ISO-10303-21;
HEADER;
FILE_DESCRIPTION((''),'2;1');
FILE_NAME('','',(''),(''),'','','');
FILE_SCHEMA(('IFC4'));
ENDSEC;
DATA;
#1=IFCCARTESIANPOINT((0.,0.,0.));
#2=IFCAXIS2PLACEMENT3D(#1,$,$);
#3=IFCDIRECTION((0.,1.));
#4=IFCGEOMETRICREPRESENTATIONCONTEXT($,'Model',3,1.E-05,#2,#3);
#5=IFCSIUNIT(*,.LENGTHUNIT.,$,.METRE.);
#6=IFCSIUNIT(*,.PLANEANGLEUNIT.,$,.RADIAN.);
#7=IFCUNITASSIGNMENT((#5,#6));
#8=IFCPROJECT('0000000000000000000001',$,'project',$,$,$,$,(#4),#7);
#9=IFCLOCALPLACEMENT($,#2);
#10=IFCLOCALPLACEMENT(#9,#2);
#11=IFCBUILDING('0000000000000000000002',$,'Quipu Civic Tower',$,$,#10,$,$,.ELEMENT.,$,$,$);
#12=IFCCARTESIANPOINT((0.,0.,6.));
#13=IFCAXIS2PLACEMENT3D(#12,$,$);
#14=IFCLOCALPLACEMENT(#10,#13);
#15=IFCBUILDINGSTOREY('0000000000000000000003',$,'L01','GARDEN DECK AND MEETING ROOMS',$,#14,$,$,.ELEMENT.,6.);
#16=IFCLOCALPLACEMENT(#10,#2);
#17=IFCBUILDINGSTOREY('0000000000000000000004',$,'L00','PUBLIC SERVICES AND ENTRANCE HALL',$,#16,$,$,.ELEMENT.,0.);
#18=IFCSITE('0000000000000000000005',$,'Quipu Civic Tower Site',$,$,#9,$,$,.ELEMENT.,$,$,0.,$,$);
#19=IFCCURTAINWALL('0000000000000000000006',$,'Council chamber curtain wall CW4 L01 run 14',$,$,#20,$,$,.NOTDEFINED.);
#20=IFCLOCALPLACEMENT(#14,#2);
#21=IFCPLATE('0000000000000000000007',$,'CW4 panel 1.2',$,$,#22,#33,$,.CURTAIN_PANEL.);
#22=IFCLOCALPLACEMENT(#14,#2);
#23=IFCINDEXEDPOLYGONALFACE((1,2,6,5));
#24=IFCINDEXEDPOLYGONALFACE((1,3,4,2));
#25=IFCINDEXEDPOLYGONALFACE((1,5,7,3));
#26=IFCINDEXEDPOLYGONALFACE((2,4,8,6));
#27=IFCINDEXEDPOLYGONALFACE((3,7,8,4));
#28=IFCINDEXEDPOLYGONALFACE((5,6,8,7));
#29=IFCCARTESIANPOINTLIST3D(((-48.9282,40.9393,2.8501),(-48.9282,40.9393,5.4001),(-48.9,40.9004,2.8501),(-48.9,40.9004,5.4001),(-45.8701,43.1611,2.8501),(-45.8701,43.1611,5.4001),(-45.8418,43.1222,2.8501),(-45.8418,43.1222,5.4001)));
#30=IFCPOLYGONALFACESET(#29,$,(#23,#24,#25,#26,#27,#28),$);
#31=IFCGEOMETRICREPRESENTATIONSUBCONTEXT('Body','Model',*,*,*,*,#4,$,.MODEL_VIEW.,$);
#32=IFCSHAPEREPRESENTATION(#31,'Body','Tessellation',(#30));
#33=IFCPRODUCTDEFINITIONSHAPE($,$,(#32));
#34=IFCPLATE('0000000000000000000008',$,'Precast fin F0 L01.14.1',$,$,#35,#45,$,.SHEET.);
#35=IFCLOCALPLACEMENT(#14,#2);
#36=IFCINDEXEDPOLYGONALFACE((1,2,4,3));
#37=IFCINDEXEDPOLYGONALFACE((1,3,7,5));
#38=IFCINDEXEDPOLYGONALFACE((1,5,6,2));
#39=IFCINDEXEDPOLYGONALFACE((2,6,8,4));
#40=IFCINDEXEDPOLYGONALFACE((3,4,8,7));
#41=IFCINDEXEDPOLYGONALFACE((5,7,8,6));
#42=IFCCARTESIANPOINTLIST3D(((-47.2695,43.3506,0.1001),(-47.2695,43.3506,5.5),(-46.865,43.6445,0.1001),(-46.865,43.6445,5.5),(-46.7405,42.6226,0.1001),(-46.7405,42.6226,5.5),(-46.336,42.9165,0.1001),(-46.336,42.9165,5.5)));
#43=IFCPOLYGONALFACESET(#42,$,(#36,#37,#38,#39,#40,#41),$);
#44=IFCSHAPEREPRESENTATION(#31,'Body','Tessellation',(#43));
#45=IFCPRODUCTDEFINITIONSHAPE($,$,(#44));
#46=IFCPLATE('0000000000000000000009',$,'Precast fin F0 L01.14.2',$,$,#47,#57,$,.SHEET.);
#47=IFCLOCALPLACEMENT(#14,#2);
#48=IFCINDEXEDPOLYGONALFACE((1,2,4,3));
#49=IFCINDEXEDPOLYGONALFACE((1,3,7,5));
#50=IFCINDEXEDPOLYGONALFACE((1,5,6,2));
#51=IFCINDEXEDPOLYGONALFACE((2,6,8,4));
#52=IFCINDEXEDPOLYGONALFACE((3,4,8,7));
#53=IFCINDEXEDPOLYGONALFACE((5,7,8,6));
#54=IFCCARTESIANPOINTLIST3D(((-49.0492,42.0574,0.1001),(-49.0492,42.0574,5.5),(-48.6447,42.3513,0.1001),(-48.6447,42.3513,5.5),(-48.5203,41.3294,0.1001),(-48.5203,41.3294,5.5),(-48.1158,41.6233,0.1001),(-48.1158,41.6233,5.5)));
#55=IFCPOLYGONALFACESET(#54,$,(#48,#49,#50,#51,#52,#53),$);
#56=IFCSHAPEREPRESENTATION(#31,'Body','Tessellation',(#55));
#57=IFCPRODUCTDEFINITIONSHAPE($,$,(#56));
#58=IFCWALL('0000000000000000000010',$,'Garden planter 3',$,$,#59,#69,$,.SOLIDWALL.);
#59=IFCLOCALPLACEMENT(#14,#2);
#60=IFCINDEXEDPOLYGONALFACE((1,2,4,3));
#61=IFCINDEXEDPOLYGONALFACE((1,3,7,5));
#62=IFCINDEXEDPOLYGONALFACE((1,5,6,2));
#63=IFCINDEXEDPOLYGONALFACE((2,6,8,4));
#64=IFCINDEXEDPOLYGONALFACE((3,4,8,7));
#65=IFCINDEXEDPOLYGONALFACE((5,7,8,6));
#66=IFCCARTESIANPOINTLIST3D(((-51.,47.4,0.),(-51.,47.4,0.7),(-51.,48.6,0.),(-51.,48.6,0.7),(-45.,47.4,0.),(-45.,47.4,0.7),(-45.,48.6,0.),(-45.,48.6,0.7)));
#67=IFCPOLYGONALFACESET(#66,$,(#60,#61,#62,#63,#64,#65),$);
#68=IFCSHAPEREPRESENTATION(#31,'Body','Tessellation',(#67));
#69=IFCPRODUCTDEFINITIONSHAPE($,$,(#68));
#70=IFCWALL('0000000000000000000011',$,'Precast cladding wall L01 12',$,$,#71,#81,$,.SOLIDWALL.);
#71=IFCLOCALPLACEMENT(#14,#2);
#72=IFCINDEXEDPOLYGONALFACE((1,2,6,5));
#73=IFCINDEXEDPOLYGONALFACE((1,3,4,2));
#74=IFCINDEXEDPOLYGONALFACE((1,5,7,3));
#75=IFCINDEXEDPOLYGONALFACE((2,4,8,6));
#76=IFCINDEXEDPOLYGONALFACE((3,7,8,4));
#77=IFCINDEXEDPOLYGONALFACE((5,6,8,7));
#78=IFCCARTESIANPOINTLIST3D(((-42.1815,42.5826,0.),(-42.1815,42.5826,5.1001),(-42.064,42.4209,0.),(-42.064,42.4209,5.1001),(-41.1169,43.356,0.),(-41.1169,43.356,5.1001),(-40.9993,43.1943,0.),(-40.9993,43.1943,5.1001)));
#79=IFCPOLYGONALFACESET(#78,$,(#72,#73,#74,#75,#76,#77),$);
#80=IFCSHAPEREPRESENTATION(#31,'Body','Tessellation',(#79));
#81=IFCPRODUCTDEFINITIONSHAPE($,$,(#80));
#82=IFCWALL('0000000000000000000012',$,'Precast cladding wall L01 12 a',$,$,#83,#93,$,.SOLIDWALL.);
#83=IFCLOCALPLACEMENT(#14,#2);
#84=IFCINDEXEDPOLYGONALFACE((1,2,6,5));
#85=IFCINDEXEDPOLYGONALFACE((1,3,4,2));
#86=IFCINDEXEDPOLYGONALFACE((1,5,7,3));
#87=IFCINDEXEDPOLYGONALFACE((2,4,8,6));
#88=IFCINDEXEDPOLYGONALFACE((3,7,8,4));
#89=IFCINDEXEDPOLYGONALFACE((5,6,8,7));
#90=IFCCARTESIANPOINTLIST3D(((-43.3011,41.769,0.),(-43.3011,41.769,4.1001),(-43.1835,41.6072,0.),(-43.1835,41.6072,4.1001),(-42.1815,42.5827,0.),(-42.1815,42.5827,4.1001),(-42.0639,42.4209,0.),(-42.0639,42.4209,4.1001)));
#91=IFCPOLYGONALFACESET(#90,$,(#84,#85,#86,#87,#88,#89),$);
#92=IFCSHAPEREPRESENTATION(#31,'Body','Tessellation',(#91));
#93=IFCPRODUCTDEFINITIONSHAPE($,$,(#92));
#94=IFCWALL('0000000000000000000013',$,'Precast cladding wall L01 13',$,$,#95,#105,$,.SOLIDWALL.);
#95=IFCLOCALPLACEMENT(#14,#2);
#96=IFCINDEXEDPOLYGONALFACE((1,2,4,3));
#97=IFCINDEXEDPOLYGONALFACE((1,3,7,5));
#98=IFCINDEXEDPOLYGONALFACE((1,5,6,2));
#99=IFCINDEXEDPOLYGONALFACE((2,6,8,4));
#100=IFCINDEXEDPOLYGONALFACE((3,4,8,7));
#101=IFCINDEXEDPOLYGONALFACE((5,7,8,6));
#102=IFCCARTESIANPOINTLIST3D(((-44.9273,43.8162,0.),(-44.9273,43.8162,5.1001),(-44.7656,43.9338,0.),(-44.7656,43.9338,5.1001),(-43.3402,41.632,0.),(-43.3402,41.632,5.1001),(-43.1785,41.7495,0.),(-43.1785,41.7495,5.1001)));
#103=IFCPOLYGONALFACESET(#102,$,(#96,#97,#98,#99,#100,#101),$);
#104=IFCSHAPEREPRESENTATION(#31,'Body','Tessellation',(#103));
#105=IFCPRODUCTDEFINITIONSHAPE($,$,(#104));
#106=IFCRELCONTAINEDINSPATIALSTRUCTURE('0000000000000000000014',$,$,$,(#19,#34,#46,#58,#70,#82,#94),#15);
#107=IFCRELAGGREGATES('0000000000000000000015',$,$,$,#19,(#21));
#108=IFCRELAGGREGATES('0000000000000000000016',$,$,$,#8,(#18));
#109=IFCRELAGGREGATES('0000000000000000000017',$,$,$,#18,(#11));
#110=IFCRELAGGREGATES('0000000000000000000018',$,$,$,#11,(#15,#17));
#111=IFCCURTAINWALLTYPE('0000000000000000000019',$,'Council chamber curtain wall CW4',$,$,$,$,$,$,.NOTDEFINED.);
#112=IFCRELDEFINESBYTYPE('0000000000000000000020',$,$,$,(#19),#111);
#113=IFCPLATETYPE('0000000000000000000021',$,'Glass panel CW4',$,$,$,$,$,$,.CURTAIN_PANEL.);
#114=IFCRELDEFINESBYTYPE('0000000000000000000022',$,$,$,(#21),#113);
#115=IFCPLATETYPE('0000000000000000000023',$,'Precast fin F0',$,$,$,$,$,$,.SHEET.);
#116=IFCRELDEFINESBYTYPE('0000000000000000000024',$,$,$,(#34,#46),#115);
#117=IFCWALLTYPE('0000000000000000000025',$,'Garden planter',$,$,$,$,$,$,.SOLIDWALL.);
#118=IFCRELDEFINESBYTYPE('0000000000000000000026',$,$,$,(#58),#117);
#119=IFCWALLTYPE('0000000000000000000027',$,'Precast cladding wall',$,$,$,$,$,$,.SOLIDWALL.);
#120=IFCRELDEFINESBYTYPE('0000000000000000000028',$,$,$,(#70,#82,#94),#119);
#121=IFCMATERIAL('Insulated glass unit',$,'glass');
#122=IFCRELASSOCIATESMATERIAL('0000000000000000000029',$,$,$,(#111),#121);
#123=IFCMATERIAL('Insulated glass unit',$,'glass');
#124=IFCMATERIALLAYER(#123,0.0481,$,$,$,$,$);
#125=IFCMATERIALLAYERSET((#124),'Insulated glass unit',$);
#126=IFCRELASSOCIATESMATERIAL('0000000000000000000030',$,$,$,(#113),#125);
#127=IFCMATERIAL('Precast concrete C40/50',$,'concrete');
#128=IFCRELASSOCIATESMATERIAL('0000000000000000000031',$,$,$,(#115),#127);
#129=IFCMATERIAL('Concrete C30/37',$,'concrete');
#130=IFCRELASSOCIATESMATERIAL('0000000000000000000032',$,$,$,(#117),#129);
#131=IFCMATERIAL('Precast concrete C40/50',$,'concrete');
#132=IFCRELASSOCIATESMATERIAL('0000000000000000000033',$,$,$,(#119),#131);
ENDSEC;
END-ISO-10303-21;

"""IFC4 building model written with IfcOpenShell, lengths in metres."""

from ifc_helpers import new_model, si_unit, direction, frame, frame_2d, origin, origin_2d, place, context, subcontext, project, spatial, rectangle, extrude, material, layer, layer_set, type_object, element, aggregate, save


model = new_model("IFC4")

# Units and contexts
model_context = context("Model", 3, precision=1e-05, world=origin(), true_north=direction((0.0, 1.0)))
body_context = subcontext(model_context, "Body", "Model", "MODEL_VIEW")
ifc_project = project(units=[si_unit("LENGTHUNIT", "METRE"), si_unit("PLANEANGLEUNIT", "RADIAN")], contexts=[model_context])

# Site, building, storey
site_placement = place(None, origin())
site = spatial("IfcSite", under=ifc_project, at=site_placement, Name="Quipu Civic Tower Site", CompositionType="ELEMENT", RefElevation=0.0)
building_placement = place(site_placement, origin())
building = spatial("IfcBuilding", under=site, at=building_placement, Name="Quipu Civic Tower", CompositionType="ELEMENT")
storey_1_placement = place(building_placement, frame((0.0, 0.0, 6.0)))
storey_1 = spatial("IfcBuildingStorey", under=building, at=storey_1_placement, Name="L01", Description="GARDEN DECK AND MEETING ROOMS", CompositionType="ELEMENT", Elevation=6.0)

# Curtain wall
ifc_material_1 = material(Name="Insulated glass unit", Category="glass")
curtain_wall_type_1 = type_object("IfcCurtainWallType", Name="Council chamber curtain wall CW4", PredefinedType="NOTDEFINED", material=ifc_material_1)
curtain_wall_1_placement = place(storey_1_placement, origin())
curtain_wall_1 = element("IfcCurtainWall", 1, at=curtain_wall_1_placement, inside=storey_1, type_object=curtain_wall_type_1, Name="Council chamber curtain wall CW4 L01 run 14", PredefinedType="NOTDEFINED")

# Shared definitions
storey_2_placement = place(building_placement, origin())
storey_2 = spatial("IfcBuildingStorey", under=building, at=storey_2_placement, Name="L00", Description="PUBLIC SERVICES AND ENTRANCE HALL", CompositionType="ELEMENT", Elevation=0.0)

# Plate
ifc_material_2 = material(Name="Insulated glass unit", Category="glass")
ifc_layer = layer(ifc_material_2, 0.0481)
ifc_layer_set = layer_set([ifc_layer], Name="Insulated glass unit")
plate_type_1 = type_object("IfcPlateType", Name="Glass panel CW4", PredefinedType="CURTAIN_PANEL", material=ifc_layer_set)
plate_1_placement = place(storey_1_placement, frame((-47.385, 42.0308, 2.8501), z_axis=(0.0, 0.0, 1.0), x_axis=(-0.80903, -0.587767, 0.0)))
plate_1 = element("IfcPlate", 2, at=plate_1_placement, type_object=plate_type_1, Name="CW4 panel 1.2", PredefinedType="CURTAIN_PANEL", context=body_context, shape_type="SweptSolid", body=[
    extrude(rectangle(XDim=3.78, YDim=0.0481, at=origin_2d()), origin(), (0.0, 0.0, 1.0), 2.55),
])
aggregate(curtain_wall_1, [plate_1])

# Plates
ifc_material_3 = material(Name="Precast concrete C40/50", Category="concrete")
plate_type_2 = type_object("IfcPlateType", Name="Precast fin F0", PredefinedType="SHEET", material=ifc_material_3)
for number, where, z_axis, x_axis, name in (
    (3, (-46.8027, 43.1335, 0.1001), (0.0, 0.0, 1.0), (-0.809021, -0.587779, 0.0), "Precast fin F0 L01.14.1"),
    (4, (-48.5825, 41.8403, 0.1001), (0.0, 0.0, 1.0), (-0.809021, -0.587779, 0.0), "Precast fin F0 L01.14.2"),
):
    element("IfcPlate", number, at=place(storey_1_placement, frame(where, z_axis=z_axis, x_axis=x_axis)), inside=storey_1, type_object=plate_type_2, Name=name, PredefinedType="SHEET", context=body_context, shape_type="SweptSolid", body=[
        extrude(rectangle(XDim=0.5, YDim=0.8999, at=origin_2d()), origin(), (0.0, 0.0, 1.0), 5.3999),
    ])

# Walls
ifc_material_4 = material(Name="Concrete C30/37", Category="concrete")
wall_type_1 = type_object("IfcWallType", Name="Garden planter", PredefinedType="SOLIDWALL", material=ifc_material_4)
wall_1_placement = place(storey_1_placement, frame((-51.0, 48.0, 0.0), z_axis=(0.0, 0.0, 1.0), x_axis=(1.0, 0.0, 0.0)))
element("IfcWall", 5, at=wall_1_placement, inside=storey_1, type_object=wall_type_1, Name="Garden planter 3", PredefinedType="SOLIDWALL", context=body_context, shape_type="SweptSolid", body=[
    extrude(rectangle(XDim=6.0, YDim=1.2, at=frame_2d((3.0, 0.0))), origin(), (0.0, 0.0, 1.0), 0.7),
])
ifc_material_5 = material(Name="Precast concrete C40/50", Category="concrete")
wall_type_2 = type_object("IfcWallType", Name="Precast cladding wall", PredefinedType="SOLIDWALL", material=ifc_material_5)
wall_2_placement = place(storey_1_placement, frame((-41.0581, 43.2751, 0.0), z_axis=(0.0, 0.0, 1.0), x_axis=(-0.809057, -0.58773, 0.0)))
element("IfcWall", 6, at=wall_2_placement, inside=storey_1, type_object=wall_type_2, Name="Precast cladding wall L01 12", PredefinedType="SOLIDWALL", context=body_context, shape_type="SweptSolid", body=[
    extrude(rectangle(XDim=1.3159, YDim=0.2, at=frame_2d((0.658, 0.0))), origin(), (0.0, 0.0, 1.0), 5.1001),
])
wall_3_placement = place(storey_1_placement, frame((-42.1228, 42.5017, 0.0), z_axis=(0.0, 0.0, 1.0), x_axis=(-0.808927, -0.587909, 0.0)))
element("IfcWall", 7, at=wall_3_placement, inside=storey_1, type_object=wall_type_2, Name="Precast cladding wall L01 12 a", PredefinedType="SOLIDWALL", context=body_context, shape_type="SweptSolid", body=[
    extrude(rectangle(XDim=1.384, YDim=0.2, at=frame_2d((0.6919, 0.0))), origin(), (0.0, 0.0, 1.0), 4.1001),
])
wall_4_placement = place(storey_1_placement, frame((-43.2593, 41.6907, 0.0), z_axis=(0.0, 0.0, 1.0), x_axis=(-0.587822, 0.80899, 0.0)))
element("IfcWall", 8, at=wall_4_placement, inside=storey_1, type_object=wall_type_2, Name="Precast cladding wall L01 13", PredefinedType="SOLIDWALL", context=body_context, shape_type="SweptSolid", body=[
    extrude(rectangle(XDim=2.7, YDim=0.2, at=frame_2d((1.3501, 0.0))), origin(), (0.0, 0.0, 1.0), 5.1001),
])

save(model, "model.ifc")
